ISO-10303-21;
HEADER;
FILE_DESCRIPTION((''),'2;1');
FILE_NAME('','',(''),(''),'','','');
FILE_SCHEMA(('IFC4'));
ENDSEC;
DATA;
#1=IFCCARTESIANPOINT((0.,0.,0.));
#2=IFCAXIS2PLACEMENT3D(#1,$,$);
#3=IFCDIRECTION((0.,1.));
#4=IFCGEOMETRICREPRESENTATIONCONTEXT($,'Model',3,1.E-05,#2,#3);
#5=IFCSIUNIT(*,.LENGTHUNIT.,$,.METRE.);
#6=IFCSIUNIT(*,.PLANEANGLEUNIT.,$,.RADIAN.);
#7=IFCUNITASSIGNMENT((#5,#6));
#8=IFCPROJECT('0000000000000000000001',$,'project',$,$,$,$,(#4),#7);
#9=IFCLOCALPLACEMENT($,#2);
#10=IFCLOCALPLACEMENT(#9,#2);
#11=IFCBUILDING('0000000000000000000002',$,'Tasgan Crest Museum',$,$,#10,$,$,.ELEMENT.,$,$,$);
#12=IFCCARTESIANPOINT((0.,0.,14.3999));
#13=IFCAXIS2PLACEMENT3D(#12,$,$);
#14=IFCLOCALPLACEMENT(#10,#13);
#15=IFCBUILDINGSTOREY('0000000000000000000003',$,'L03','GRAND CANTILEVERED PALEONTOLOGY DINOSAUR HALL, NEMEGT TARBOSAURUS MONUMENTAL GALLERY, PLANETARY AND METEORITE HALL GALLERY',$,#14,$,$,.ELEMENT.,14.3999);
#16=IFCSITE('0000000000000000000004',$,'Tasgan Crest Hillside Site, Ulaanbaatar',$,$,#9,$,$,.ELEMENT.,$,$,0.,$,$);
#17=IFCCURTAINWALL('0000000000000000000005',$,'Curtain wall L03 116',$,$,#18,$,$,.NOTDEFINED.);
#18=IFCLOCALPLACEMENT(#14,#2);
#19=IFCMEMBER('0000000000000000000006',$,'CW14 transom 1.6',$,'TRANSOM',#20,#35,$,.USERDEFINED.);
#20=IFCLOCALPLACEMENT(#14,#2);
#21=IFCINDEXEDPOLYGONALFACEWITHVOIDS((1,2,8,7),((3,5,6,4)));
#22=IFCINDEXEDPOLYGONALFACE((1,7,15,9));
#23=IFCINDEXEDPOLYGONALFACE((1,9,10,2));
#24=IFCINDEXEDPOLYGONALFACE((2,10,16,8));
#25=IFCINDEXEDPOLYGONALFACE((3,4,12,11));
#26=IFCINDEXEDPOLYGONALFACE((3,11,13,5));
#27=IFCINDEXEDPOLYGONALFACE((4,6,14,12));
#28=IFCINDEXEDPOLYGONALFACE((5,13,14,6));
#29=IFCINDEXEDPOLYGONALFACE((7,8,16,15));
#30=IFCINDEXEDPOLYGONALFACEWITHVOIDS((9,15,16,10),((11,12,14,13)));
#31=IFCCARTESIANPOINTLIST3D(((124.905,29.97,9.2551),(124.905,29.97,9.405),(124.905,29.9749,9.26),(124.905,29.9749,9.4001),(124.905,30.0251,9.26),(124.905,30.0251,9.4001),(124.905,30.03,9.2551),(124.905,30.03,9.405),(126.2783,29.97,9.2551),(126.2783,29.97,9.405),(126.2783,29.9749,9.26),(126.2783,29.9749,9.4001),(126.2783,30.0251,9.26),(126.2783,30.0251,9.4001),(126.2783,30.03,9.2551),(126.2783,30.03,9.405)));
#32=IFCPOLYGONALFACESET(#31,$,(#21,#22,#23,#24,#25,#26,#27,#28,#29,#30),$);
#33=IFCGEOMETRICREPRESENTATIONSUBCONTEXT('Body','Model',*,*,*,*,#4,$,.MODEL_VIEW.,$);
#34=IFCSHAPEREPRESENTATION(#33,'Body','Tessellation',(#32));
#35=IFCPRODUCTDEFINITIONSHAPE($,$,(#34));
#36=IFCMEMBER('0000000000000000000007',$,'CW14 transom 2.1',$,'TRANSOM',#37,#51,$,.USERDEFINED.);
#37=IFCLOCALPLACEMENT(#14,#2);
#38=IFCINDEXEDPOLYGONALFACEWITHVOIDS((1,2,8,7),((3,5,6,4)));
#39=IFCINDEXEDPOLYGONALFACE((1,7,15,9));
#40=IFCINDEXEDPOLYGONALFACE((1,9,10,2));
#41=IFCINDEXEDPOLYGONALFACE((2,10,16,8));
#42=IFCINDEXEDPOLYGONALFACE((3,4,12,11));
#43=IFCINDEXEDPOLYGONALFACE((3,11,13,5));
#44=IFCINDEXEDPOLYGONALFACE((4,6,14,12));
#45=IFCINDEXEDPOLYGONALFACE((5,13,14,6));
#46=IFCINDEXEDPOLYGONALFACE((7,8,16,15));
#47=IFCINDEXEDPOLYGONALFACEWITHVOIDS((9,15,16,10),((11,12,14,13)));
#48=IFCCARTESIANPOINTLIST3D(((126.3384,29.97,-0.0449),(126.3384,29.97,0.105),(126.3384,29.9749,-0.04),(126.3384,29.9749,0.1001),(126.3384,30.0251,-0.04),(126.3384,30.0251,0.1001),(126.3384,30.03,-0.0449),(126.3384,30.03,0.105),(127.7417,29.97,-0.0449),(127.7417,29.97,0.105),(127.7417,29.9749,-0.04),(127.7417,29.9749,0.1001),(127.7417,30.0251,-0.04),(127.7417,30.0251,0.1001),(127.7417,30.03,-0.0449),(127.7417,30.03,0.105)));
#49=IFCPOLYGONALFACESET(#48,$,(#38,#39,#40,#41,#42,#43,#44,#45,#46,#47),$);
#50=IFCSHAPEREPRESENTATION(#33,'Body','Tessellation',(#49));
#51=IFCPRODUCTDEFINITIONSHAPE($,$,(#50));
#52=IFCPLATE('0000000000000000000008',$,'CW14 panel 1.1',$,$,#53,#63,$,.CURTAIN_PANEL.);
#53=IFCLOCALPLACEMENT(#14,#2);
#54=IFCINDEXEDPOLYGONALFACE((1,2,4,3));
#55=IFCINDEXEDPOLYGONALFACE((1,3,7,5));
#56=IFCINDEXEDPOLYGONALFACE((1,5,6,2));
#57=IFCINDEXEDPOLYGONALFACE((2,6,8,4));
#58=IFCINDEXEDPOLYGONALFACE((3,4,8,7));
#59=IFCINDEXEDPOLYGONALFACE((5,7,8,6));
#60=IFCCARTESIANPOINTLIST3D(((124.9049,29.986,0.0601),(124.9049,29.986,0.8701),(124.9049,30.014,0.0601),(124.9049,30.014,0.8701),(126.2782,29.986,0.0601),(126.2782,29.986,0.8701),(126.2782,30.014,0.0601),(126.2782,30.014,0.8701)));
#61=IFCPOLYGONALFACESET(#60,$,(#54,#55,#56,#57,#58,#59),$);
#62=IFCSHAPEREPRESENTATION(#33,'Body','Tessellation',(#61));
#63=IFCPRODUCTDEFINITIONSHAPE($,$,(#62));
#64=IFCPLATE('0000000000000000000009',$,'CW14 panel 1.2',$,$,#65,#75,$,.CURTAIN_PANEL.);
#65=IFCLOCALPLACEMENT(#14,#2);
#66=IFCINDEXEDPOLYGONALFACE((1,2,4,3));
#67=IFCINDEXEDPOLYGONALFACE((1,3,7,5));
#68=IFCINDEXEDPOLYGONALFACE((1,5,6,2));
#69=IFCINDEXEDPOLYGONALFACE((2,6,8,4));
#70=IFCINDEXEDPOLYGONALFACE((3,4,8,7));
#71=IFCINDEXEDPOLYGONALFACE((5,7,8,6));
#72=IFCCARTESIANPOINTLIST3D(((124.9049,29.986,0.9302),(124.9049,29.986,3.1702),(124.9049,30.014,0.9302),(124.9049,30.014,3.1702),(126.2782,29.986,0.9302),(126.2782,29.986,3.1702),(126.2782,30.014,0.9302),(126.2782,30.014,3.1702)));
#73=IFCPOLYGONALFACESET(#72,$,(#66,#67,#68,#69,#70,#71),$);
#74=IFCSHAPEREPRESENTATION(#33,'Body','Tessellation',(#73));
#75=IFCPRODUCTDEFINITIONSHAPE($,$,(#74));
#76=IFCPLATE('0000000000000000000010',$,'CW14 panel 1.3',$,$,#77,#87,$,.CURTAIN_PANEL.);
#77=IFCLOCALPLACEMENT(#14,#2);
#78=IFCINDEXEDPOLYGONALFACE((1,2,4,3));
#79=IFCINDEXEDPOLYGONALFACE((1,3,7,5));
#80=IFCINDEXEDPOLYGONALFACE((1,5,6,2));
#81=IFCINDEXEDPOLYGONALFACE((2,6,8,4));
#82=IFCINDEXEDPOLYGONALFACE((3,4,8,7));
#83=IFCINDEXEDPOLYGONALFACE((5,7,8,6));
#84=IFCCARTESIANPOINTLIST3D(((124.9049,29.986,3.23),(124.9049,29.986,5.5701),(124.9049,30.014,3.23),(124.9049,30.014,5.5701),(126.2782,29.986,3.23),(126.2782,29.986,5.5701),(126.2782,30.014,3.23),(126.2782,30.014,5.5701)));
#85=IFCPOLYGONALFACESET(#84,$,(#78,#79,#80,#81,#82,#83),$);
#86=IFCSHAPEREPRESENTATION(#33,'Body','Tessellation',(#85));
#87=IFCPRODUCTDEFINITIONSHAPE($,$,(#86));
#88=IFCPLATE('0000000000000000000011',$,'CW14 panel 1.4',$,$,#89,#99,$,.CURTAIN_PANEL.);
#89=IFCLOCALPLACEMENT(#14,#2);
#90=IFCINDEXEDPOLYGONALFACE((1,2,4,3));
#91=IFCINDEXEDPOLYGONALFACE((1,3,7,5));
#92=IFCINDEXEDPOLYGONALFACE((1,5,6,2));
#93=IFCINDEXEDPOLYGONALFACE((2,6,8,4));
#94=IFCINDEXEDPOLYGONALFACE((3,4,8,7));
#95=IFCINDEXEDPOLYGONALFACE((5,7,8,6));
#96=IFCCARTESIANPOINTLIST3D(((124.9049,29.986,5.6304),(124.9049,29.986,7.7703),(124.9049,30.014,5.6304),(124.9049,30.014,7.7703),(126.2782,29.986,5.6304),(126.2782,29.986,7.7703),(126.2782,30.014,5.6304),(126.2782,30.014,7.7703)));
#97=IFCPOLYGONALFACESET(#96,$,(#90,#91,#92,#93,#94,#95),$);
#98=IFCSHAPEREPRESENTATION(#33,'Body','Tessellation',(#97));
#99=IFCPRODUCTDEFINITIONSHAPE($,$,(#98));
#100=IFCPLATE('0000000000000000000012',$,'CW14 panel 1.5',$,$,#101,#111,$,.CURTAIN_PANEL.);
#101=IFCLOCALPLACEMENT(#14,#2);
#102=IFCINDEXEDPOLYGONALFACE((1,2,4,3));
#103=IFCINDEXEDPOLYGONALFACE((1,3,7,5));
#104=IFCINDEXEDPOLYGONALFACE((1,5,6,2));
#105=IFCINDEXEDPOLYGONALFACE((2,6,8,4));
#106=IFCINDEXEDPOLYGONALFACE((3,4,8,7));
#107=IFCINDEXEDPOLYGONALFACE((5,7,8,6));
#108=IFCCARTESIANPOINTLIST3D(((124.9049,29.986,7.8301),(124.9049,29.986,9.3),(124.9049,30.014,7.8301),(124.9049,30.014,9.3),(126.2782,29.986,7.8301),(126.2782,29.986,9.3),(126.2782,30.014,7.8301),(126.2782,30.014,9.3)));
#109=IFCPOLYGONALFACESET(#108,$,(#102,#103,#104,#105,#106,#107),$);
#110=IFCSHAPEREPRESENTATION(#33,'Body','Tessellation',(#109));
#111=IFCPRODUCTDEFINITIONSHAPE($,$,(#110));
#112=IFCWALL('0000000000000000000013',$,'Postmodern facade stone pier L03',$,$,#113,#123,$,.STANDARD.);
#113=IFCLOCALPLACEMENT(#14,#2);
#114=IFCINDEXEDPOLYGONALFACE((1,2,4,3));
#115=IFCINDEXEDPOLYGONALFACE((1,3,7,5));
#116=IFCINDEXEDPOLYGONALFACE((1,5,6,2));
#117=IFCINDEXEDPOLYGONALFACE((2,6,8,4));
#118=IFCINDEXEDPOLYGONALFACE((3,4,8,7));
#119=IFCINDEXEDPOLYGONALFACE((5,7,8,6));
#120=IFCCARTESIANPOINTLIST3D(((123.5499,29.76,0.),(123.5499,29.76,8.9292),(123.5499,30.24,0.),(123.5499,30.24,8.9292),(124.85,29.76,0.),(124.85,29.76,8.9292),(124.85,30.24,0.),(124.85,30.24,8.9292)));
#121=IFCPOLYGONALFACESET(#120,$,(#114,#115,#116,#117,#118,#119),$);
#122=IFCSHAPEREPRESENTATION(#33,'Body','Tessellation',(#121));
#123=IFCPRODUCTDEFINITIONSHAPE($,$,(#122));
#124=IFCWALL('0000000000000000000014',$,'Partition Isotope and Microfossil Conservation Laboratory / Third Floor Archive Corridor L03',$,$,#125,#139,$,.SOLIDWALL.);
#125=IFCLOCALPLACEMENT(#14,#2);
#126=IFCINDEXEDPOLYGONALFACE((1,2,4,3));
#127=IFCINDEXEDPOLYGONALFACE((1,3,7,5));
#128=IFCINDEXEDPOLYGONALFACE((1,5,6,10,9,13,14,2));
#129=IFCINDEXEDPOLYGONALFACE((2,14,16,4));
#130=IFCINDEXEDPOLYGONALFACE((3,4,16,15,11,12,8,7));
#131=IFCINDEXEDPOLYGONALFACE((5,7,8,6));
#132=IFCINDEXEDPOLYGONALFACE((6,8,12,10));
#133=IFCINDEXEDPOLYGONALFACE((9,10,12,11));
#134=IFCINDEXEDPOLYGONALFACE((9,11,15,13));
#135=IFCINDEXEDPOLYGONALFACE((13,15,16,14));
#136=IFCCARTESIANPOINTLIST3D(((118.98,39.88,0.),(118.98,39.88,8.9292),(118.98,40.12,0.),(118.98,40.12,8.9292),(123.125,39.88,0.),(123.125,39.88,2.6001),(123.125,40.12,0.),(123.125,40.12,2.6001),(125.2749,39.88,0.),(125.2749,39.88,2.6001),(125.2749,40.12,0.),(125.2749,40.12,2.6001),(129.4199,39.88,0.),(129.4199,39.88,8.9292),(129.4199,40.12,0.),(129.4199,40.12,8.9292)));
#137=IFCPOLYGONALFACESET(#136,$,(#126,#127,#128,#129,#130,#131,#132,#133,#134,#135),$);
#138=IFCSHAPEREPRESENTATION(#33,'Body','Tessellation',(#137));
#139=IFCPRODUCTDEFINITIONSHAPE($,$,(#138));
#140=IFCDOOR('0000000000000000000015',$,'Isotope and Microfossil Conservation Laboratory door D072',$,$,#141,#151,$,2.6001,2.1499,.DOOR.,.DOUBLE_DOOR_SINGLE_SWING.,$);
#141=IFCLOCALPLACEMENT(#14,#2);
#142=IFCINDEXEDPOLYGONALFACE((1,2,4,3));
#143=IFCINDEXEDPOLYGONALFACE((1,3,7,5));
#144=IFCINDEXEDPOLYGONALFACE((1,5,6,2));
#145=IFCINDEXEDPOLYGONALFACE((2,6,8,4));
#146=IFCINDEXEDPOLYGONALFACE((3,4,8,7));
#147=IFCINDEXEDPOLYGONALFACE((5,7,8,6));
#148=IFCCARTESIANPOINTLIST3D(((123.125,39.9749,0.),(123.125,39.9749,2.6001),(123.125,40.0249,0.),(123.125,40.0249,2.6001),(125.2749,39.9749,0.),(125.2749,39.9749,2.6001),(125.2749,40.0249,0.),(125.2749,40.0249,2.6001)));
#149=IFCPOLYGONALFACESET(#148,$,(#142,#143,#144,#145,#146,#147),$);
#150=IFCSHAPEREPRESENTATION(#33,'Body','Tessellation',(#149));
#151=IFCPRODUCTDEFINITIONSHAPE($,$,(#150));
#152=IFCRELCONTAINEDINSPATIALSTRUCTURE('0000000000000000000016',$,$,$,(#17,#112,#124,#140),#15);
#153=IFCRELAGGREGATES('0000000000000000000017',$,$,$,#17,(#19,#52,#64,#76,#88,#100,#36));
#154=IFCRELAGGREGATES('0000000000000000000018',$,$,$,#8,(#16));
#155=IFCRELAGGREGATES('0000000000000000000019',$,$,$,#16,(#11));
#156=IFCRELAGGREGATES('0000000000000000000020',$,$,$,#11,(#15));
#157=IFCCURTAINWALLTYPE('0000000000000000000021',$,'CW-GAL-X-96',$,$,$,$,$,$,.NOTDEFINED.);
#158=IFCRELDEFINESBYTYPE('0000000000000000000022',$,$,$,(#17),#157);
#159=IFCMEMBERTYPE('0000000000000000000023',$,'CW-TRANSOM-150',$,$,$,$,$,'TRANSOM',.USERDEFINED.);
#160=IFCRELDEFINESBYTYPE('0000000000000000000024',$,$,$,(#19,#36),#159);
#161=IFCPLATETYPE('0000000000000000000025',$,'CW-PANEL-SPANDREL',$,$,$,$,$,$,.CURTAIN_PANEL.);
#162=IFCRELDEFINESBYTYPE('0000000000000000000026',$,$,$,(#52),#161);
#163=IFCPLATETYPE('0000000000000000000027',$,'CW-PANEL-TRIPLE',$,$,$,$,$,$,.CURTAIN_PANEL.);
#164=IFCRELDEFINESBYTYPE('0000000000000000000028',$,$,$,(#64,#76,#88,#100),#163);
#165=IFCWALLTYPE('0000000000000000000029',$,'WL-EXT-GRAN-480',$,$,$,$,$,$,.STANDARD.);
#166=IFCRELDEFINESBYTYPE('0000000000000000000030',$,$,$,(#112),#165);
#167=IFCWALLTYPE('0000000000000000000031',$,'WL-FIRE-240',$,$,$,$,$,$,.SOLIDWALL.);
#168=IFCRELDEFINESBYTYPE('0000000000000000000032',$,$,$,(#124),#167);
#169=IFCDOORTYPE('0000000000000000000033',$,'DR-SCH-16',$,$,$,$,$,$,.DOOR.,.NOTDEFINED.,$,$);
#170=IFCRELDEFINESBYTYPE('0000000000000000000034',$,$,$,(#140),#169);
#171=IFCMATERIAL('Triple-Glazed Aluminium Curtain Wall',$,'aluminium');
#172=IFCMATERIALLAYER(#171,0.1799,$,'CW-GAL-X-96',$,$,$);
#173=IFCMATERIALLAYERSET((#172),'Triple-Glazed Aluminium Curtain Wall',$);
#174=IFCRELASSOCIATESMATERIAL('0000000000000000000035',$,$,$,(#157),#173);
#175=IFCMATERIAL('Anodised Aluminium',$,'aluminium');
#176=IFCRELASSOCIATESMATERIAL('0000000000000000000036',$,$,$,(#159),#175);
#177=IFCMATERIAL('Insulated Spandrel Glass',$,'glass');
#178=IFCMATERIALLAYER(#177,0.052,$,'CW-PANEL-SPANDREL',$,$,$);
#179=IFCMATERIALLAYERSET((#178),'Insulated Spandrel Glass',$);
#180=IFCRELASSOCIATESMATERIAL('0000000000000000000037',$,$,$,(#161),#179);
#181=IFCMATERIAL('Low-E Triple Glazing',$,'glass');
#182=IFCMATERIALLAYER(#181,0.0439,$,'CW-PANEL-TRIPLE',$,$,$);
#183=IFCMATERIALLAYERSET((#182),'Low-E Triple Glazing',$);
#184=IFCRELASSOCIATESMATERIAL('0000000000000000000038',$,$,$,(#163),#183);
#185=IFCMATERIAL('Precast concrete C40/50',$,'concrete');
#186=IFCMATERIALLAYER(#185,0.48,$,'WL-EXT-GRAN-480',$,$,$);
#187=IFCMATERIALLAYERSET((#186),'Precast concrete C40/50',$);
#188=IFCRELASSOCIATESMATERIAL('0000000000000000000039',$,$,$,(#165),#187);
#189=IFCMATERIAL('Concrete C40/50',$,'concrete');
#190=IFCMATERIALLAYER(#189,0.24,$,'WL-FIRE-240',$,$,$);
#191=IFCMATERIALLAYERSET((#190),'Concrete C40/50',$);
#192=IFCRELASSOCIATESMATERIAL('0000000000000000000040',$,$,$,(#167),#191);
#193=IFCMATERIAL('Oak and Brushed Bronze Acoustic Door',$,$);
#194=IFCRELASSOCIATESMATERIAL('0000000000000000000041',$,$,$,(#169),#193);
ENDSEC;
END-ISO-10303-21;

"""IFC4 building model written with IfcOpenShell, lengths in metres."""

from ifc_helpers import new_model, si_unit, direction, frame, frame_2d, origin, origin_2d, place, context, subcontext, project, spatial, rectangle, hollow_rectangle, extrude, material, layer, layer_set, material_profile, profile_set, type_object, element, fill, aggregate, save


model = new_model("IFC4")

# Units and contexts
model_context = context("Model", 3, precision=1e-05, world=origin(), true_north=direction((0.0, 1.0)))
body_context = subcontext(model_context, "Body", "Model", "MODEL_VIEW")
ifc_project = project(units=[si_unit("LENGTHUNIT", "METRE"), si_unit("PLANEANGLEUNIT", "RADIAN")], contexts=[model_context])

# Site, building, storey
site_placement = place(None, origin())
site = spatial("IfcSite", under=ifc_project, at=site_placement, Name="Tasgan Crest Hillside Site, Ulaanbaatar", CompositionType="ELEMENT", RefElevation=0.0)
building_placement = place(site_placement, origin())
building = spatial("IfcBuilding", under=site, at=building_placement, Name="Tasgan Crest Museum", CompositionType="ELEMENT")
storey_placement = place(building_placement, frame((0.0, 0.0, 14.3999)))
storey = spatial("IfcBuildingStorey", under=building, at=storey_placement, Name="L03", Description="GRAND CANTILEVERED PALEONTOLOGY DINOSAUR HALL, NEMEGT TARBOSAURUS MONUMENTAL GALLERY, PLANETARY AND METEORITE HALL GALLERY", CompositionType="ELEMENT", Elevation=14.3999)

# Shared definitions
ifc_material_1 = material(Name="Triple-Glazed Aluminium Curtain Wall", Category="aluminium")
ifc_layer_1 = layer(ifc_material_1, 0.1799, Name="CW-GAL-X-96")
ifc_layer_set_1 = layer_set([ifc_layer_1], Name="Triple-Glazed Aluminium Curtain Wall")
curtain_wall_type = type_object("IfcCurtainWallType", Name="CW-GAL-X-96", PredefinedType="NOTDEFINED", material=ifc_layer_set_1)

# Curtain wall, members, plates
curtain_wall_1_placement = place(storey_placement, origin())
curtain_wall_1 = element("IfcCurtainWall", 1, at=curtain_wall_1_placement, inside=storey, type_object=curtain_wall_type, Name="Curtain wall L03 116", PredefinedType="NOTDEFINED")
ifc_material_2 = material(Name="Anodised Aluminium", Category="aluminium")
ifc_material_profile_1 = material_profile(ifc_material_2, hollow_rectangle(XDim=0.0601, YDim=0.1499, WallThickness=0.0049, at=origin_2d()), Name="ALU TRANSOM 150x60x5")
ifc_profile_set_1 = profile_set([ifc_material_profile_1], Name="Anodised Aluminium")
member_type_1 = type_object("IfcMemberType", Name="CW-TRANSOM-150", ElementType="TRANSOM", PredefinedType="USERDEFINED", material=ifc_profile_set_1)
member_1_placement = place(storey_placement, frame((124.905, 30.0, 9.3301), z_axis=(1.0, 0.0, 0.0), x_axis=(0.0, 1.0, 0.0)))
member_1 = element("IfcMember", 2, at=member_1_placement, type_object=member_type_1, Name="CW14 transom 1.6", ObjectType="TRANSOM", PredefinedType="USERDEFINED", context=body_context, shape_type="SweptSolid", body=[
    extrude(hollow_rectangle(XDim=0.0601, YDim=0.1499, WallThickness=0.0049, at=origin_2d()), origin(), (0.0, 0.0, 1.0), 1.3733),
])
member_2_placement = place(storey_placement, frame((126.3384, 30.0, 0.03), z_axis=(1.0, 0.0, 0.0), x_axis=(0.0, 1.0, 0.0)))
member_2 = element("IfcMember", 3, at=member_2_placement, type_object=member_type_1, Name="CW14 transom 2.1", ObjectType="TRANSOM", PredefinedType="USERDEFINED", context=body_context, shape_type="SweptSolid", body=[
    extrude(hollow_rectangle(XDim=0.0601, YDim=0.1499, WallThickness=0.0049, at=origin_2d()), origin(), (0.0, 0.0, 1.0), 1.4033),
])
ifc_material_3 = material(Name="Insulated Spandrel Glass", Category="glass")
ifc_layer_2 = layer(ifc_material_3, 0.052, Name="CW-PANEL-SPANDREL")
ifc_layer_set_2 = layer_set([ifc_layer_2], Name="Insulated Spandrel Glass")
plate_type_1 = type_object("IfcPlateType", Name="CW-PANEL-SPANDREL", PredefinedType="CURTAIN_PANEL", material=ifc_layer_set_2)
plate_1_placement = place(storey_placement, frame((125.5916, 30.0, 0.0601), z_axis=(0.0, 0.0, 1.0), x_axis=(1.0, 0.0, 0.0)))
plate_1 = element("IfcPlate", 4, at=plate_1_placement, type_object=plate_type_1, Name="CW14 panel 1.1", PredefinedType="CURTAIN_PANEL", context=body_context, shape_type="SweptSolid", body=[
    extrude(rectangle(XDim=1.3733, YDim=0.0281, at=origin_2d()), origin(), (0.0, 0.0, 1.0), 0.8101),
])
ifc_material_4 = material(Name="Low-E Triple Glazing", Category="glass")
ifc_layer_3 = layer(ifc_material_4, 0.0439, Name="CW-PANEL-TRIPLE")
ifc_layer_set_3 = layer_set([ifc_layer_3], Name="Low-E Triple Glazing")
plate_type_2 = type_object("IfcPlateType", Name="CW-PANEL-TRIPLE", PredefinedType="CURTAIN_PANEL", material=ifc_layer_set_3)
plate_2_placement = place(storey_placement, frame((125.5916, 30.0, 0.9302), z_axis=(0.0, 0.0, 1.0), x_axis=(1.0, 0.0, 0.0)))
plate_2 = element("IfcPlate", 5, at=plate_2_placement, type_object=plate_type_2, Name="CW14 panel 1.2", PredefinedType="CURTAIN_PANEL", context=body_context, shape_type="SweptSolid", body=[
    extrude(rectangle(XDim=1.3733, YDim=0.0281, at=origin_2d()), origin(), (0.0, 0.0, 1.0), 2.24),
])
plate_3_placement = place(storey_placement, frame((125.5916, 30.0, 3.23), z_axis=(0.0, 0.0, 1.0), x_axis=(1.0, 0.0, 0.0)))
plate_3 = element("IfcPlate", 6, at=plate_3_placement, type_object=plate_type_2, Name="CW14 panel 1.3", PredefinedType="CURTAIN_PANEL", context=body_context, shape_type="SweptSolid", body=[
    extrude(rectangle(XDim=1.3733, YDim=0.0281, at=origin_2d()), origin(), (0.0, 0.0, 1.0), 2.3401),
])
plate_4_placement = place(storey_placement, frame((125.5916, 30.0, 5.6304), z_axis=(0.0, 0.0, 1.0), x_axis=(1.0, 0.0, 0.0)))
plate_4 = element("IfcPlate", 7, at=plate_4_placement, type_object=plate_type_2, Name="CW14 panel 1.4", PredefinedType="CURTAIN_PANEL", context=body_context, shape_type="SweptSolid", body=[
    extrude(rectangle(XDim=1.3733, YDim=0.0281, at=origin_2d()), origin(), (0.0, 0.0, 1.0), 2.1399),
])
plate_5_placement = place(storey_placement, frame((125.5916, 30.0, 7.8301), z_axis=(0.0, 0.0, 1.0), x_axis=(1.0, 0.0, 0.0)))
plate_5 = element("IfcPlate", 8, at=plate_5_placement, type_object=plate_type_2, Name="CW14 panel 1.5", PredefinedType="CURTAIN_PANEL", context=body_context, shape_type="SweptSolid", body=[
    extrude(rectangle(XDim=1.3733, YDim=0.0281, at=origin_2d()), origin(), (0.0, 0.0, 1.0), 1.47),
])
aggregate(curtain_wall_1, [member_1, plate_1, plate_2, plate_3, plate_4, plate_5, member_2])

# Wall
ifc_material_5 = material(Name="Precast concrete C40/50", Category="concrete")
ifc_layer_4 = layer(ifc_material_5, 0.48, Name="WL-EXT-GRAN-480")
ifc_layer_set_4 = layer_set([ifc_layer_4], Name="Precast concrete C40/50")
wall_type_1 = type_object("IfcWallType", Name="WL-EXT-GRAN-480", PredefinedType="STANDARD", material=ifc_layer_set_4)
wall_1_placement = place(storey_placement, frame((123.55, 30.0, 0.0), z_axis=(0.0, 0.0, 1.0), x_axis=(1.0, 0.0, 0.0)))
element("IfcWall", 9, at=wall_1_placement, inside=storey, type_object=wall_type_1, Name="Postmodern facade stone pier L03", PredefinedType="STANDARD", context=body_context, shape_type="SweptSolid", body=[
    extrude(rectangle(XDim=1.3, YDim=0.48, at=frame_2d((0.6499, 0.0))), origin(), (0.0, 0.0, 1.0), 8.9292),
])

# Wall, opening, door
ifc_material_6 = material(Name="Concrete C40/50", Category="concrete")
ifc_layer_5 = layer(ifc_material_6, 0.24, Name="WL-FIRE-240")
ifc_layer_set_5 = layer_set([ifc_layer_5], Name="Concrete C40/50")
wall_type_2 = type_object("IfcWallType", Name="WL-FIRE-240", PredefinedType="SOLIDWALL", material=ifc_layer_set_5)
wall_2_placement = place(storey_placement, frame((118.98, 40.0, 0.0), z_axis=(0.0, 0.0, 1.0), x_axis=(1.0, 0.0, 0.0)))
wall_2 = element("IfcWall", 10, at=wall_2_placement, inside=storey, type_object=wall_type_2, Name="Partition Isotope and Microfossil Conservation Laboratory / Third Floor Archive Corridor L03", PredefinedType="SOLIDWALL", context=body_context, shape_type="SweptSolid", body=[
    extrude(rectangle(XDim=10.4399, YDim=0.24, at=frame_2d((5.22, 0.0))), origin(), (0.0, 0.0, 1.0), 8.9292),
])
opening_placement = place(wall_2_placement, frame((4.145, 0.0, 0.0)))
opening = element("IfcOpeningElement", 11, at=opening_placement, cuts=wall_2, PredefinedType="OPENING", context=body_context, shape_type="SweptSolid", body=[
    extrude(rectangle(XDim=2.1499, YDim=2.6001, at=frame_2d((1.075, 1.3))), frame((0.0, 0.1299, 0.0), z_axis=(0.0, -1.0, 0.0), x_axis=(1.0, 0.0, 0.0)), (0.0, 0.0, 1.0), 0.26),
])
ifc_material_7 = material(Name="Oak and Brushed Bronze Acoustic Door")
door_type = type_object("IfcDoorType", Name="DR-SCH-16", OperationType="NOTDEFINED", PredefinedType="DOOR", material=ifc_material_7)
door_placement = place(opening_placement, origin())
door = element("IfcDoor", 12, at=door_placement, inside=storey, type_object=door_type, Name="Isotope and Microfossil Conservation Laboratory door D072", OperationType="DOUBLE_DOOR_SINGLE_SWING", OverallHeight=2.6001, OverallWidth=2.1499, PredefinedType="DOOR", context=body_context, shape_type="SweptSolid", body=[
    extrude(rectangle(XDim=2.1499, YDim=2.6001, at=frame_2d((1.075, 1.3))), frame((0.0, 0.0249, 0.0), z_axis=(0.0, -1.0, 0.0), x_axis=(1.0, 0.0, 0.0)), (0.0, 0.0, 1.0), 0.05),
])
fill(opening, door)

save(model, "model.ifc")
